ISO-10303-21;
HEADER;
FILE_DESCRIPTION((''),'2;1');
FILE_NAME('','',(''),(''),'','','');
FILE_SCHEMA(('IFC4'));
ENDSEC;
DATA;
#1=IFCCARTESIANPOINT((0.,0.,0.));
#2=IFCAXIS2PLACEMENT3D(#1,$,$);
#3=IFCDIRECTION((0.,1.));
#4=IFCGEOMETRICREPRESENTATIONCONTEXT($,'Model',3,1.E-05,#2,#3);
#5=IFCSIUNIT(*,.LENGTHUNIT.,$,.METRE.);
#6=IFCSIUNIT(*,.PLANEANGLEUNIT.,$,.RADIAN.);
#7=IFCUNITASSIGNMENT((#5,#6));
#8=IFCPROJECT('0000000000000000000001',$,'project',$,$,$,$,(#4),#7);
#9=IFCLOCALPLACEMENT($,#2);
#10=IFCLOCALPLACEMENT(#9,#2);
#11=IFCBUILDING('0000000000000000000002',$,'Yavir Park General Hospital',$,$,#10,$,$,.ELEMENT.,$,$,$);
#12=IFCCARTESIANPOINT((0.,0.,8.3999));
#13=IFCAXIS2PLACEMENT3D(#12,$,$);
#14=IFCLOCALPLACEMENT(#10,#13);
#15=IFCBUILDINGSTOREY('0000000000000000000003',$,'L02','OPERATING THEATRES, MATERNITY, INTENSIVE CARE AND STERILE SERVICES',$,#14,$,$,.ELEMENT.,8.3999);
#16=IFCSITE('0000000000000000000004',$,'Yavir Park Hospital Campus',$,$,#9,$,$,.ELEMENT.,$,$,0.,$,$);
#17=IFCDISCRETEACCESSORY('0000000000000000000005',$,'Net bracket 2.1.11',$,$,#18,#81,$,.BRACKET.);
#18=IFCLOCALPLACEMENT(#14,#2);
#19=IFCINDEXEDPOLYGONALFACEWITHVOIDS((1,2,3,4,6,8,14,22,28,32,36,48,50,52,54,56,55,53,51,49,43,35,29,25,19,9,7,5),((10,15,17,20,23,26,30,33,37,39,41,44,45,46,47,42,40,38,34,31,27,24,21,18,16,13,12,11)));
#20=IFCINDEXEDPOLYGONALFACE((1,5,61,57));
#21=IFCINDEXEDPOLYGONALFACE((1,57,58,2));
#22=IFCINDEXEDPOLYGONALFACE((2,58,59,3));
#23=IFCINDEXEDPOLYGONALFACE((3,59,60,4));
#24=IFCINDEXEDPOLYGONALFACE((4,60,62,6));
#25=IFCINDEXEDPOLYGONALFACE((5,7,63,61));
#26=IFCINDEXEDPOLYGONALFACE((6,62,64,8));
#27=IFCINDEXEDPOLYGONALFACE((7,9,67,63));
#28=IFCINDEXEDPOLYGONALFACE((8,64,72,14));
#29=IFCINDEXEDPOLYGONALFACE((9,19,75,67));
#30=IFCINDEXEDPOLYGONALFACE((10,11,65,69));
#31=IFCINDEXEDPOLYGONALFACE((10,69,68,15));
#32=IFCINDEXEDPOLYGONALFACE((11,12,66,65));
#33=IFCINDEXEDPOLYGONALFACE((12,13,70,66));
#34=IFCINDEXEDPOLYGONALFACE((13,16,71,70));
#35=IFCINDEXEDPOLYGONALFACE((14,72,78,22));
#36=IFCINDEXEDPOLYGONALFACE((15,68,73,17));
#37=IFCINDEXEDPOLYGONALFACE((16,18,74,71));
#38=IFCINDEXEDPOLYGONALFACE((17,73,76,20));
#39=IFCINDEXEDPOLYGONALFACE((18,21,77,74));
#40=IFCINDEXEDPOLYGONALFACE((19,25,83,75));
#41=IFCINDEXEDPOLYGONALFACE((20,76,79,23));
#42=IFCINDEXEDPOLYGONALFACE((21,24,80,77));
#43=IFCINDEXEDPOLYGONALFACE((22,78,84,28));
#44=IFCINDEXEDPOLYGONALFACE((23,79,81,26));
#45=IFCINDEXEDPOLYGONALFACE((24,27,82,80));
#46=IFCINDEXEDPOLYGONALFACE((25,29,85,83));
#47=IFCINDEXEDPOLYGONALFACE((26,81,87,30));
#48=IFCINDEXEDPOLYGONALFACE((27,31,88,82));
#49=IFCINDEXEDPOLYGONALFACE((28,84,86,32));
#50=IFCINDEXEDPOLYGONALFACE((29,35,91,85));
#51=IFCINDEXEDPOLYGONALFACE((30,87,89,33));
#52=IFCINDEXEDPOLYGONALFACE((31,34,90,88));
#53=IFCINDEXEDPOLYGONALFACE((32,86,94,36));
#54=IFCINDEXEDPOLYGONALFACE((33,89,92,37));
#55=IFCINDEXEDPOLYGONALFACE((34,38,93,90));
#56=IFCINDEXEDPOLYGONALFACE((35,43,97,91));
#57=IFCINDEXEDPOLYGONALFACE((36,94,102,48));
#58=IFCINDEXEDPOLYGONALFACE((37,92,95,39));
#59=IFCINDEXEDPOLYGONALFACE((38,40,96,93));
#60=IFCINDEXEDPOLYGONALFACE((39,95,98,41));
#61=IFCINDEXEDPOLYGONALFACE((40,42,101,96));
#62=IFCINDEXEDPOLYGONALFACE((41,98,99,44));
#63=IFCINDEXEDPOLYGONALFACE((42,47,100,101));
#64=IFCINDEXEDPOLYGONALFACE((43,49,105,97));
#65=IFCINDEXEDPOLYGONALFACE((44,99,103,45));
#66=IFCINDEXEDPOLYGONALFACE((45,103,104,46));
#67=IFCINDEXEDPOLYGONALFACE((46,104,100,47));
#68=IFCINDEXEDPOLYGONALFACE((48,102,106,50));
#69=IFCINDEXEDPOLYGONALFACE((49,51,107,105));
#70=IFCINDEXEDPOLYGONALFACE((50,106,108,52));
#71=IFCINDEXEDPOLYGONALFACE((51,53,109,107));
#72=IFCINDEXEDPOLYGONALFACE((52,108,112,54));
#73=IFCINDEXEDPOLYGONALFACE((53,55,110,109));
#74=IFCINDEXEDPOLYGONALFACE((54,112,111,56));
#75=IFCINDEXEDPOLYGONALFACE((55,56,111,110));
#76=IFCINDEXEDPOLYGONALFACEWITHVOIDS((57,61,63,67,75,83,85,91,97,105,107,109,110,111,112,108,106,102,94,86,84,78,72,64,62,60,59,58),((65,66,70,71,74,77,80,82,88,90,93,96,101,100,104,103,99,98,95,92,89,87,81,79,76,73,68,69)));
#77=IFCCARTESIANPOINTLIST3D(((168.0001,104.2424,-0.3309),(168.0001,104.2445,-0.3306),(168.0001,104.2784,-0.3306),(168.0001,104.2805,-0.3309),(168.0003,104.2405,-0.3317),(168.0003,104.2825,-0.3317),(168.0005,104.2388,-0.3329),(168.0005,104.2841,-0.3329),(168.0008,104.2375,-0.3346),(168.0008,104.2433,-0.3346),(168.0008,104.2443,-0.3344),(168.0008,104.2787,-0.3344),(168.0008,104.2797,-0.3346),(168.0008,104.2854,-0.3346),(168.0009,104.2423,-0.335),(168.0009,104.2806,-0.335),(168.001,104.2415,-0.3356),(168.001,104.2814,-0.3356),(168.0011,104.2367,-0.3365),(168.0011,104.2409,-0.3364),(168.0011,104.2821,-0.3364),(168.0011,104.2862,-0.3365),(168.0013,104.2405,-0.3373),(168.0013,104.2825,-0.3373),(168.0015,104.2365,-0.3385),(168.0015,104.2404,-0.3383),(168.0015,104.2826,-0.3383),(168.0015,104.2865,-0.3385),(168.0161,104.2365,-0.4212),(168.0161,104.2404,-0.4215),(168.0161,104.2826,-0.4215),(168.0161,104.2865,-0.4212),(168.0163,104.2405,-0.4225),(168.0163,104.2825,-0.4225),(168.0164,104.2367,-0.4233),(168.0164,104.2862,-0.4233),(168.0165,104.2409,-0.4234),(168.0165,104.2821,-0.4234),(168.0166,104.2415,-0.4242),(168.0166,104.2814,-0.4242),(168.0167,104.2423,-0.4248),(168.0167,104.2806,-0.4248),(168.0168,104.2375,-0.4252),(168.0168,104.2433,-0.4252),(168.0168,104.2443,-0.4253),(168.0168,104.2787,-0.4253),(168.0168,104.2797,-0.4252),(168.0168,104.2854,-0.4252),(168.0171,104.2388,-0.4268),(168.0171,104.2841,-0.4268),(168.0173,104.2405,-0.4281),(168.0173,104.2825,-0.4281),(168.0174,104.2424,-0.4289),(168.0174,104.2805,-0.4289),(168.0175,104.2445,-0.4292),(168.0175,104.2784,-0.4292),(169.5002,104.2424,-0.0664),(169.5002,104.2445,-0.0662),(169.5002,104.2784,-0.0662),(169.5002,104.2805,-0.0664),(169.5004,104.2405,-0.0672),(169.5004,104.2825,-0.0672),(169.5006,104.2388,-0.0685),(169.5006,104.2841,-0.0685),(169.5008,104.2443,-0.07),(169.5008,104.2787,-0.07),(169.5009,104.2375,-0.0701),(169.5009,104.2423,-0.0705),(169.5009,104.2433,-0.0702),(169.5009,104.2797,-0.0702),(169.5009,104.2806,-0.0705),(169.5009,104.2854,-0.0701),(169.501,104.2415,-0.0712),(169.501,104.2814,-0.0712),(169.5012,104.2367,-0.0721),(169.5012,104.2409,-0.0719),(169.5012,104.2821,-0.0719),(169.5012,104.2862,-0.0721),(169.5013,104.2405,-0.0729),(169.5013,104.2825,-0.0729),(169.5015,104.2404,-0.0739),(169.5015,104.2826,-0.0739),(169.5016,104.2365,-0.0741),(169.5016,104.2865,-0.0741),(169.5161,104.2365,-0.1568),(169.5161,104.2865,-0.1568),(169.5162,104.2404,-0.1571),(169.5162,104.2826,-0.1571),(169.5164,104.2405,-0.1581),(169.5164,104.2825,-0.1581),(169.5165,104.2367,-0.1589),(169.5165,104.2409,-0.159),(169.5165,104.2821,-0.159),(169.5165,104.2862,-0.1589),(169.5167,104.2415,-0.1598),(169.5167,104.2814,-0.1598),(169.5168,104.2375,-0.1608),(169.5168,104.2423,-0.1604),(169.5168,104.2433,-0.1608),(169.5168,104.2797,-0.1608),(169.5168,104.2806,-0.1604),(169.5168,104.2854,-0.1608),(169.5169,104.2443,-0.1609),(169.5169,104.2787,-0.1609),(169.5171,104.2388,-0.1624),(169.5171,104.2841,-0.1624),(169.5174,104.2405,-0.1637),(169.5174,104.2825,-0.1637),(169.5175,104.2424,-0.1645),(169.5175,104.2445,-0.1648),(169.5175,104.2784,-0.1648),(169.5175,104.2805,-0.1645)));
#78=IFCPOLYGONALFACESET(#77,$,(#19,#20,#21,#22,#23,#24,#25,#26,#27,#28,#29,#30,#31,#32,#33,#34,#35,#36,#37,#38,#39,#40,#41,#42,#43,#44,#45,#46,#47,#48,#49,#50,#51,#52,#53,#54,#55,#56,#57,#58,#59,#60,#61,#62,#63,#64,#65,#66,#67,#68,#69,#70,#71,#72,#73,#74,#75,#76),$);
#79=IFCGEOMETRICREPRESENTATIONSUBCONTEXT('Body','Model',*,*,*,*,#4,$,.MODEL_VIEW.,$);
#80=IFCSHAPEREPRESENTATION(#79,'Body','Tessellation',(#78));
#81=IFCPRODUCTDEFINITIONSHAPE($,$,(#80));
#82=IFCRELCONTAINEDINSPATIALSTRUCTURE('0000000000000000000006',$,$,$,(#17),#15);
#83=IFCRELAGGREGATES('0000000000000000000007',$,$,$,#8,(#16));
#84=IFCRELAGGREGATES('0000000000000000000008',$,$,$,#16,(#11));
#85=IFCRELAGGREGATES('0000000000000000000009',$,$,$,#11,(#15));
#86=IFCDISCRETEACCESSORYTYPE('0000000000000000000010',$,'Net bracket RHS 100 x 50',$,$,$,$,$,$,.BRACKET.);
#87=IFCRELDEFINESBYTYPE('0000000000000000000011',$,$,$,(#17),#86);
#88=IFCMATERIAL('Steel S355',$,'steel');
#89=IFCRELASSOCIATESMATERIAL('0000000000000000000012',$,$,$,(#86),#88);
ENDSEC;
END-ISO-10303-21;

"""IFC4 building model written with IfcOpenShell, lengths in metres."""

from ifc_helpers import new_model, si_unit, direction, frame, origin, origin_2d, place, context, subcontext, project, spatial, hollow_rectangle, extrude, material, material_profile, profile_set, type_object, element, save


model = new_model("IFC4")

# Units and contexts
model_context = context("Model", 3, precision=1e-05, world=origin(), true_north=direction((0.0, 1.0)))
body_context = subcontext(model_context, "Body", "Model", "MODEL_VIEW")
ifc_project = project(units=[si_unit("LENGTHUNIT", "METRE"), si_unit("PLANEANGLEUNIT", "RADIAN")], contexts=[model_context])

# Site, building, storey
site_placement = place(None, origin())
site = spatial("IfcSite", under=ifc_project, at=site_placement, Name="Yavir Park Hospital Campus", CompositionType="ELEMENT", RefElevation=0.0)
building_placement = place(site_placement, origin())
building = spatial("IfcBuilding", under=site, at=building_placement, Name="Yavir Park General Hospital", CompositionType="ELEMENT")
storey_placement = place(building_placement, frame((0.0, 0.0, 8.3999)))
storey = spatial("IfcBuildingStorey", under=building, at=storey_placement, Name="L02", Description="OPERATING THEATRES, MATERNITY, INTENSIVE CARE AND STERILE SERVICES", CompositionType="ELEMENT", Elevation=8.3999)

# Discrete accessory
ifc_material_1 = material(Name="Steel S355", Category="steel")
ifc_material_profile = material_profile(ifc_material_1, hollow_rectangle(XDim=0.05, YDim=0.1001, WallThickness=0.0039, InnerFilletRadius=0.0039, OuterFilletRadius=0.0081, at=origin_2d()), Name="RHS100x50x4")
ifc_profile_set = profile_set([ifc_material_profile], Name="Steel S355")
discrete_accessory_type_1 = type_object("IfcDiscreteAccessoryType", Name="Net bracket RHS 100 x 50", PredefinedType="BRACKET", material=ifc_profile_set)
for number, where, z_axis, x_axis, name in (
    (1, (168.0088, 104.2615, -0.3799), (0.984817, 0.0, 0.173593), (0.0, 1.0, 0.0), "Net bracket 2.1.11"),
):
    element("IfcDiscreteAccessory", number, at=place(storey_placement, frame(where, z_axis=z_axis, x_axis=x_axis)), inside=storey, type_object=discrete_accessory_type_1, Name=name, PredefinedType="BRACKET", context=body_context, shape_type="SweptSolid", body=[
        extrude(hollow_rectangle(XDim=0.05, YDim=0.1001, WallThickness=0.0039, InnerFilletRadius=0.0039, OuterFilletRadius=0.0081, at=origin_2d()), origin(), (0.0, 0.0, 1.0), 1.5232),
    ])

save(model, "model.ifc")
